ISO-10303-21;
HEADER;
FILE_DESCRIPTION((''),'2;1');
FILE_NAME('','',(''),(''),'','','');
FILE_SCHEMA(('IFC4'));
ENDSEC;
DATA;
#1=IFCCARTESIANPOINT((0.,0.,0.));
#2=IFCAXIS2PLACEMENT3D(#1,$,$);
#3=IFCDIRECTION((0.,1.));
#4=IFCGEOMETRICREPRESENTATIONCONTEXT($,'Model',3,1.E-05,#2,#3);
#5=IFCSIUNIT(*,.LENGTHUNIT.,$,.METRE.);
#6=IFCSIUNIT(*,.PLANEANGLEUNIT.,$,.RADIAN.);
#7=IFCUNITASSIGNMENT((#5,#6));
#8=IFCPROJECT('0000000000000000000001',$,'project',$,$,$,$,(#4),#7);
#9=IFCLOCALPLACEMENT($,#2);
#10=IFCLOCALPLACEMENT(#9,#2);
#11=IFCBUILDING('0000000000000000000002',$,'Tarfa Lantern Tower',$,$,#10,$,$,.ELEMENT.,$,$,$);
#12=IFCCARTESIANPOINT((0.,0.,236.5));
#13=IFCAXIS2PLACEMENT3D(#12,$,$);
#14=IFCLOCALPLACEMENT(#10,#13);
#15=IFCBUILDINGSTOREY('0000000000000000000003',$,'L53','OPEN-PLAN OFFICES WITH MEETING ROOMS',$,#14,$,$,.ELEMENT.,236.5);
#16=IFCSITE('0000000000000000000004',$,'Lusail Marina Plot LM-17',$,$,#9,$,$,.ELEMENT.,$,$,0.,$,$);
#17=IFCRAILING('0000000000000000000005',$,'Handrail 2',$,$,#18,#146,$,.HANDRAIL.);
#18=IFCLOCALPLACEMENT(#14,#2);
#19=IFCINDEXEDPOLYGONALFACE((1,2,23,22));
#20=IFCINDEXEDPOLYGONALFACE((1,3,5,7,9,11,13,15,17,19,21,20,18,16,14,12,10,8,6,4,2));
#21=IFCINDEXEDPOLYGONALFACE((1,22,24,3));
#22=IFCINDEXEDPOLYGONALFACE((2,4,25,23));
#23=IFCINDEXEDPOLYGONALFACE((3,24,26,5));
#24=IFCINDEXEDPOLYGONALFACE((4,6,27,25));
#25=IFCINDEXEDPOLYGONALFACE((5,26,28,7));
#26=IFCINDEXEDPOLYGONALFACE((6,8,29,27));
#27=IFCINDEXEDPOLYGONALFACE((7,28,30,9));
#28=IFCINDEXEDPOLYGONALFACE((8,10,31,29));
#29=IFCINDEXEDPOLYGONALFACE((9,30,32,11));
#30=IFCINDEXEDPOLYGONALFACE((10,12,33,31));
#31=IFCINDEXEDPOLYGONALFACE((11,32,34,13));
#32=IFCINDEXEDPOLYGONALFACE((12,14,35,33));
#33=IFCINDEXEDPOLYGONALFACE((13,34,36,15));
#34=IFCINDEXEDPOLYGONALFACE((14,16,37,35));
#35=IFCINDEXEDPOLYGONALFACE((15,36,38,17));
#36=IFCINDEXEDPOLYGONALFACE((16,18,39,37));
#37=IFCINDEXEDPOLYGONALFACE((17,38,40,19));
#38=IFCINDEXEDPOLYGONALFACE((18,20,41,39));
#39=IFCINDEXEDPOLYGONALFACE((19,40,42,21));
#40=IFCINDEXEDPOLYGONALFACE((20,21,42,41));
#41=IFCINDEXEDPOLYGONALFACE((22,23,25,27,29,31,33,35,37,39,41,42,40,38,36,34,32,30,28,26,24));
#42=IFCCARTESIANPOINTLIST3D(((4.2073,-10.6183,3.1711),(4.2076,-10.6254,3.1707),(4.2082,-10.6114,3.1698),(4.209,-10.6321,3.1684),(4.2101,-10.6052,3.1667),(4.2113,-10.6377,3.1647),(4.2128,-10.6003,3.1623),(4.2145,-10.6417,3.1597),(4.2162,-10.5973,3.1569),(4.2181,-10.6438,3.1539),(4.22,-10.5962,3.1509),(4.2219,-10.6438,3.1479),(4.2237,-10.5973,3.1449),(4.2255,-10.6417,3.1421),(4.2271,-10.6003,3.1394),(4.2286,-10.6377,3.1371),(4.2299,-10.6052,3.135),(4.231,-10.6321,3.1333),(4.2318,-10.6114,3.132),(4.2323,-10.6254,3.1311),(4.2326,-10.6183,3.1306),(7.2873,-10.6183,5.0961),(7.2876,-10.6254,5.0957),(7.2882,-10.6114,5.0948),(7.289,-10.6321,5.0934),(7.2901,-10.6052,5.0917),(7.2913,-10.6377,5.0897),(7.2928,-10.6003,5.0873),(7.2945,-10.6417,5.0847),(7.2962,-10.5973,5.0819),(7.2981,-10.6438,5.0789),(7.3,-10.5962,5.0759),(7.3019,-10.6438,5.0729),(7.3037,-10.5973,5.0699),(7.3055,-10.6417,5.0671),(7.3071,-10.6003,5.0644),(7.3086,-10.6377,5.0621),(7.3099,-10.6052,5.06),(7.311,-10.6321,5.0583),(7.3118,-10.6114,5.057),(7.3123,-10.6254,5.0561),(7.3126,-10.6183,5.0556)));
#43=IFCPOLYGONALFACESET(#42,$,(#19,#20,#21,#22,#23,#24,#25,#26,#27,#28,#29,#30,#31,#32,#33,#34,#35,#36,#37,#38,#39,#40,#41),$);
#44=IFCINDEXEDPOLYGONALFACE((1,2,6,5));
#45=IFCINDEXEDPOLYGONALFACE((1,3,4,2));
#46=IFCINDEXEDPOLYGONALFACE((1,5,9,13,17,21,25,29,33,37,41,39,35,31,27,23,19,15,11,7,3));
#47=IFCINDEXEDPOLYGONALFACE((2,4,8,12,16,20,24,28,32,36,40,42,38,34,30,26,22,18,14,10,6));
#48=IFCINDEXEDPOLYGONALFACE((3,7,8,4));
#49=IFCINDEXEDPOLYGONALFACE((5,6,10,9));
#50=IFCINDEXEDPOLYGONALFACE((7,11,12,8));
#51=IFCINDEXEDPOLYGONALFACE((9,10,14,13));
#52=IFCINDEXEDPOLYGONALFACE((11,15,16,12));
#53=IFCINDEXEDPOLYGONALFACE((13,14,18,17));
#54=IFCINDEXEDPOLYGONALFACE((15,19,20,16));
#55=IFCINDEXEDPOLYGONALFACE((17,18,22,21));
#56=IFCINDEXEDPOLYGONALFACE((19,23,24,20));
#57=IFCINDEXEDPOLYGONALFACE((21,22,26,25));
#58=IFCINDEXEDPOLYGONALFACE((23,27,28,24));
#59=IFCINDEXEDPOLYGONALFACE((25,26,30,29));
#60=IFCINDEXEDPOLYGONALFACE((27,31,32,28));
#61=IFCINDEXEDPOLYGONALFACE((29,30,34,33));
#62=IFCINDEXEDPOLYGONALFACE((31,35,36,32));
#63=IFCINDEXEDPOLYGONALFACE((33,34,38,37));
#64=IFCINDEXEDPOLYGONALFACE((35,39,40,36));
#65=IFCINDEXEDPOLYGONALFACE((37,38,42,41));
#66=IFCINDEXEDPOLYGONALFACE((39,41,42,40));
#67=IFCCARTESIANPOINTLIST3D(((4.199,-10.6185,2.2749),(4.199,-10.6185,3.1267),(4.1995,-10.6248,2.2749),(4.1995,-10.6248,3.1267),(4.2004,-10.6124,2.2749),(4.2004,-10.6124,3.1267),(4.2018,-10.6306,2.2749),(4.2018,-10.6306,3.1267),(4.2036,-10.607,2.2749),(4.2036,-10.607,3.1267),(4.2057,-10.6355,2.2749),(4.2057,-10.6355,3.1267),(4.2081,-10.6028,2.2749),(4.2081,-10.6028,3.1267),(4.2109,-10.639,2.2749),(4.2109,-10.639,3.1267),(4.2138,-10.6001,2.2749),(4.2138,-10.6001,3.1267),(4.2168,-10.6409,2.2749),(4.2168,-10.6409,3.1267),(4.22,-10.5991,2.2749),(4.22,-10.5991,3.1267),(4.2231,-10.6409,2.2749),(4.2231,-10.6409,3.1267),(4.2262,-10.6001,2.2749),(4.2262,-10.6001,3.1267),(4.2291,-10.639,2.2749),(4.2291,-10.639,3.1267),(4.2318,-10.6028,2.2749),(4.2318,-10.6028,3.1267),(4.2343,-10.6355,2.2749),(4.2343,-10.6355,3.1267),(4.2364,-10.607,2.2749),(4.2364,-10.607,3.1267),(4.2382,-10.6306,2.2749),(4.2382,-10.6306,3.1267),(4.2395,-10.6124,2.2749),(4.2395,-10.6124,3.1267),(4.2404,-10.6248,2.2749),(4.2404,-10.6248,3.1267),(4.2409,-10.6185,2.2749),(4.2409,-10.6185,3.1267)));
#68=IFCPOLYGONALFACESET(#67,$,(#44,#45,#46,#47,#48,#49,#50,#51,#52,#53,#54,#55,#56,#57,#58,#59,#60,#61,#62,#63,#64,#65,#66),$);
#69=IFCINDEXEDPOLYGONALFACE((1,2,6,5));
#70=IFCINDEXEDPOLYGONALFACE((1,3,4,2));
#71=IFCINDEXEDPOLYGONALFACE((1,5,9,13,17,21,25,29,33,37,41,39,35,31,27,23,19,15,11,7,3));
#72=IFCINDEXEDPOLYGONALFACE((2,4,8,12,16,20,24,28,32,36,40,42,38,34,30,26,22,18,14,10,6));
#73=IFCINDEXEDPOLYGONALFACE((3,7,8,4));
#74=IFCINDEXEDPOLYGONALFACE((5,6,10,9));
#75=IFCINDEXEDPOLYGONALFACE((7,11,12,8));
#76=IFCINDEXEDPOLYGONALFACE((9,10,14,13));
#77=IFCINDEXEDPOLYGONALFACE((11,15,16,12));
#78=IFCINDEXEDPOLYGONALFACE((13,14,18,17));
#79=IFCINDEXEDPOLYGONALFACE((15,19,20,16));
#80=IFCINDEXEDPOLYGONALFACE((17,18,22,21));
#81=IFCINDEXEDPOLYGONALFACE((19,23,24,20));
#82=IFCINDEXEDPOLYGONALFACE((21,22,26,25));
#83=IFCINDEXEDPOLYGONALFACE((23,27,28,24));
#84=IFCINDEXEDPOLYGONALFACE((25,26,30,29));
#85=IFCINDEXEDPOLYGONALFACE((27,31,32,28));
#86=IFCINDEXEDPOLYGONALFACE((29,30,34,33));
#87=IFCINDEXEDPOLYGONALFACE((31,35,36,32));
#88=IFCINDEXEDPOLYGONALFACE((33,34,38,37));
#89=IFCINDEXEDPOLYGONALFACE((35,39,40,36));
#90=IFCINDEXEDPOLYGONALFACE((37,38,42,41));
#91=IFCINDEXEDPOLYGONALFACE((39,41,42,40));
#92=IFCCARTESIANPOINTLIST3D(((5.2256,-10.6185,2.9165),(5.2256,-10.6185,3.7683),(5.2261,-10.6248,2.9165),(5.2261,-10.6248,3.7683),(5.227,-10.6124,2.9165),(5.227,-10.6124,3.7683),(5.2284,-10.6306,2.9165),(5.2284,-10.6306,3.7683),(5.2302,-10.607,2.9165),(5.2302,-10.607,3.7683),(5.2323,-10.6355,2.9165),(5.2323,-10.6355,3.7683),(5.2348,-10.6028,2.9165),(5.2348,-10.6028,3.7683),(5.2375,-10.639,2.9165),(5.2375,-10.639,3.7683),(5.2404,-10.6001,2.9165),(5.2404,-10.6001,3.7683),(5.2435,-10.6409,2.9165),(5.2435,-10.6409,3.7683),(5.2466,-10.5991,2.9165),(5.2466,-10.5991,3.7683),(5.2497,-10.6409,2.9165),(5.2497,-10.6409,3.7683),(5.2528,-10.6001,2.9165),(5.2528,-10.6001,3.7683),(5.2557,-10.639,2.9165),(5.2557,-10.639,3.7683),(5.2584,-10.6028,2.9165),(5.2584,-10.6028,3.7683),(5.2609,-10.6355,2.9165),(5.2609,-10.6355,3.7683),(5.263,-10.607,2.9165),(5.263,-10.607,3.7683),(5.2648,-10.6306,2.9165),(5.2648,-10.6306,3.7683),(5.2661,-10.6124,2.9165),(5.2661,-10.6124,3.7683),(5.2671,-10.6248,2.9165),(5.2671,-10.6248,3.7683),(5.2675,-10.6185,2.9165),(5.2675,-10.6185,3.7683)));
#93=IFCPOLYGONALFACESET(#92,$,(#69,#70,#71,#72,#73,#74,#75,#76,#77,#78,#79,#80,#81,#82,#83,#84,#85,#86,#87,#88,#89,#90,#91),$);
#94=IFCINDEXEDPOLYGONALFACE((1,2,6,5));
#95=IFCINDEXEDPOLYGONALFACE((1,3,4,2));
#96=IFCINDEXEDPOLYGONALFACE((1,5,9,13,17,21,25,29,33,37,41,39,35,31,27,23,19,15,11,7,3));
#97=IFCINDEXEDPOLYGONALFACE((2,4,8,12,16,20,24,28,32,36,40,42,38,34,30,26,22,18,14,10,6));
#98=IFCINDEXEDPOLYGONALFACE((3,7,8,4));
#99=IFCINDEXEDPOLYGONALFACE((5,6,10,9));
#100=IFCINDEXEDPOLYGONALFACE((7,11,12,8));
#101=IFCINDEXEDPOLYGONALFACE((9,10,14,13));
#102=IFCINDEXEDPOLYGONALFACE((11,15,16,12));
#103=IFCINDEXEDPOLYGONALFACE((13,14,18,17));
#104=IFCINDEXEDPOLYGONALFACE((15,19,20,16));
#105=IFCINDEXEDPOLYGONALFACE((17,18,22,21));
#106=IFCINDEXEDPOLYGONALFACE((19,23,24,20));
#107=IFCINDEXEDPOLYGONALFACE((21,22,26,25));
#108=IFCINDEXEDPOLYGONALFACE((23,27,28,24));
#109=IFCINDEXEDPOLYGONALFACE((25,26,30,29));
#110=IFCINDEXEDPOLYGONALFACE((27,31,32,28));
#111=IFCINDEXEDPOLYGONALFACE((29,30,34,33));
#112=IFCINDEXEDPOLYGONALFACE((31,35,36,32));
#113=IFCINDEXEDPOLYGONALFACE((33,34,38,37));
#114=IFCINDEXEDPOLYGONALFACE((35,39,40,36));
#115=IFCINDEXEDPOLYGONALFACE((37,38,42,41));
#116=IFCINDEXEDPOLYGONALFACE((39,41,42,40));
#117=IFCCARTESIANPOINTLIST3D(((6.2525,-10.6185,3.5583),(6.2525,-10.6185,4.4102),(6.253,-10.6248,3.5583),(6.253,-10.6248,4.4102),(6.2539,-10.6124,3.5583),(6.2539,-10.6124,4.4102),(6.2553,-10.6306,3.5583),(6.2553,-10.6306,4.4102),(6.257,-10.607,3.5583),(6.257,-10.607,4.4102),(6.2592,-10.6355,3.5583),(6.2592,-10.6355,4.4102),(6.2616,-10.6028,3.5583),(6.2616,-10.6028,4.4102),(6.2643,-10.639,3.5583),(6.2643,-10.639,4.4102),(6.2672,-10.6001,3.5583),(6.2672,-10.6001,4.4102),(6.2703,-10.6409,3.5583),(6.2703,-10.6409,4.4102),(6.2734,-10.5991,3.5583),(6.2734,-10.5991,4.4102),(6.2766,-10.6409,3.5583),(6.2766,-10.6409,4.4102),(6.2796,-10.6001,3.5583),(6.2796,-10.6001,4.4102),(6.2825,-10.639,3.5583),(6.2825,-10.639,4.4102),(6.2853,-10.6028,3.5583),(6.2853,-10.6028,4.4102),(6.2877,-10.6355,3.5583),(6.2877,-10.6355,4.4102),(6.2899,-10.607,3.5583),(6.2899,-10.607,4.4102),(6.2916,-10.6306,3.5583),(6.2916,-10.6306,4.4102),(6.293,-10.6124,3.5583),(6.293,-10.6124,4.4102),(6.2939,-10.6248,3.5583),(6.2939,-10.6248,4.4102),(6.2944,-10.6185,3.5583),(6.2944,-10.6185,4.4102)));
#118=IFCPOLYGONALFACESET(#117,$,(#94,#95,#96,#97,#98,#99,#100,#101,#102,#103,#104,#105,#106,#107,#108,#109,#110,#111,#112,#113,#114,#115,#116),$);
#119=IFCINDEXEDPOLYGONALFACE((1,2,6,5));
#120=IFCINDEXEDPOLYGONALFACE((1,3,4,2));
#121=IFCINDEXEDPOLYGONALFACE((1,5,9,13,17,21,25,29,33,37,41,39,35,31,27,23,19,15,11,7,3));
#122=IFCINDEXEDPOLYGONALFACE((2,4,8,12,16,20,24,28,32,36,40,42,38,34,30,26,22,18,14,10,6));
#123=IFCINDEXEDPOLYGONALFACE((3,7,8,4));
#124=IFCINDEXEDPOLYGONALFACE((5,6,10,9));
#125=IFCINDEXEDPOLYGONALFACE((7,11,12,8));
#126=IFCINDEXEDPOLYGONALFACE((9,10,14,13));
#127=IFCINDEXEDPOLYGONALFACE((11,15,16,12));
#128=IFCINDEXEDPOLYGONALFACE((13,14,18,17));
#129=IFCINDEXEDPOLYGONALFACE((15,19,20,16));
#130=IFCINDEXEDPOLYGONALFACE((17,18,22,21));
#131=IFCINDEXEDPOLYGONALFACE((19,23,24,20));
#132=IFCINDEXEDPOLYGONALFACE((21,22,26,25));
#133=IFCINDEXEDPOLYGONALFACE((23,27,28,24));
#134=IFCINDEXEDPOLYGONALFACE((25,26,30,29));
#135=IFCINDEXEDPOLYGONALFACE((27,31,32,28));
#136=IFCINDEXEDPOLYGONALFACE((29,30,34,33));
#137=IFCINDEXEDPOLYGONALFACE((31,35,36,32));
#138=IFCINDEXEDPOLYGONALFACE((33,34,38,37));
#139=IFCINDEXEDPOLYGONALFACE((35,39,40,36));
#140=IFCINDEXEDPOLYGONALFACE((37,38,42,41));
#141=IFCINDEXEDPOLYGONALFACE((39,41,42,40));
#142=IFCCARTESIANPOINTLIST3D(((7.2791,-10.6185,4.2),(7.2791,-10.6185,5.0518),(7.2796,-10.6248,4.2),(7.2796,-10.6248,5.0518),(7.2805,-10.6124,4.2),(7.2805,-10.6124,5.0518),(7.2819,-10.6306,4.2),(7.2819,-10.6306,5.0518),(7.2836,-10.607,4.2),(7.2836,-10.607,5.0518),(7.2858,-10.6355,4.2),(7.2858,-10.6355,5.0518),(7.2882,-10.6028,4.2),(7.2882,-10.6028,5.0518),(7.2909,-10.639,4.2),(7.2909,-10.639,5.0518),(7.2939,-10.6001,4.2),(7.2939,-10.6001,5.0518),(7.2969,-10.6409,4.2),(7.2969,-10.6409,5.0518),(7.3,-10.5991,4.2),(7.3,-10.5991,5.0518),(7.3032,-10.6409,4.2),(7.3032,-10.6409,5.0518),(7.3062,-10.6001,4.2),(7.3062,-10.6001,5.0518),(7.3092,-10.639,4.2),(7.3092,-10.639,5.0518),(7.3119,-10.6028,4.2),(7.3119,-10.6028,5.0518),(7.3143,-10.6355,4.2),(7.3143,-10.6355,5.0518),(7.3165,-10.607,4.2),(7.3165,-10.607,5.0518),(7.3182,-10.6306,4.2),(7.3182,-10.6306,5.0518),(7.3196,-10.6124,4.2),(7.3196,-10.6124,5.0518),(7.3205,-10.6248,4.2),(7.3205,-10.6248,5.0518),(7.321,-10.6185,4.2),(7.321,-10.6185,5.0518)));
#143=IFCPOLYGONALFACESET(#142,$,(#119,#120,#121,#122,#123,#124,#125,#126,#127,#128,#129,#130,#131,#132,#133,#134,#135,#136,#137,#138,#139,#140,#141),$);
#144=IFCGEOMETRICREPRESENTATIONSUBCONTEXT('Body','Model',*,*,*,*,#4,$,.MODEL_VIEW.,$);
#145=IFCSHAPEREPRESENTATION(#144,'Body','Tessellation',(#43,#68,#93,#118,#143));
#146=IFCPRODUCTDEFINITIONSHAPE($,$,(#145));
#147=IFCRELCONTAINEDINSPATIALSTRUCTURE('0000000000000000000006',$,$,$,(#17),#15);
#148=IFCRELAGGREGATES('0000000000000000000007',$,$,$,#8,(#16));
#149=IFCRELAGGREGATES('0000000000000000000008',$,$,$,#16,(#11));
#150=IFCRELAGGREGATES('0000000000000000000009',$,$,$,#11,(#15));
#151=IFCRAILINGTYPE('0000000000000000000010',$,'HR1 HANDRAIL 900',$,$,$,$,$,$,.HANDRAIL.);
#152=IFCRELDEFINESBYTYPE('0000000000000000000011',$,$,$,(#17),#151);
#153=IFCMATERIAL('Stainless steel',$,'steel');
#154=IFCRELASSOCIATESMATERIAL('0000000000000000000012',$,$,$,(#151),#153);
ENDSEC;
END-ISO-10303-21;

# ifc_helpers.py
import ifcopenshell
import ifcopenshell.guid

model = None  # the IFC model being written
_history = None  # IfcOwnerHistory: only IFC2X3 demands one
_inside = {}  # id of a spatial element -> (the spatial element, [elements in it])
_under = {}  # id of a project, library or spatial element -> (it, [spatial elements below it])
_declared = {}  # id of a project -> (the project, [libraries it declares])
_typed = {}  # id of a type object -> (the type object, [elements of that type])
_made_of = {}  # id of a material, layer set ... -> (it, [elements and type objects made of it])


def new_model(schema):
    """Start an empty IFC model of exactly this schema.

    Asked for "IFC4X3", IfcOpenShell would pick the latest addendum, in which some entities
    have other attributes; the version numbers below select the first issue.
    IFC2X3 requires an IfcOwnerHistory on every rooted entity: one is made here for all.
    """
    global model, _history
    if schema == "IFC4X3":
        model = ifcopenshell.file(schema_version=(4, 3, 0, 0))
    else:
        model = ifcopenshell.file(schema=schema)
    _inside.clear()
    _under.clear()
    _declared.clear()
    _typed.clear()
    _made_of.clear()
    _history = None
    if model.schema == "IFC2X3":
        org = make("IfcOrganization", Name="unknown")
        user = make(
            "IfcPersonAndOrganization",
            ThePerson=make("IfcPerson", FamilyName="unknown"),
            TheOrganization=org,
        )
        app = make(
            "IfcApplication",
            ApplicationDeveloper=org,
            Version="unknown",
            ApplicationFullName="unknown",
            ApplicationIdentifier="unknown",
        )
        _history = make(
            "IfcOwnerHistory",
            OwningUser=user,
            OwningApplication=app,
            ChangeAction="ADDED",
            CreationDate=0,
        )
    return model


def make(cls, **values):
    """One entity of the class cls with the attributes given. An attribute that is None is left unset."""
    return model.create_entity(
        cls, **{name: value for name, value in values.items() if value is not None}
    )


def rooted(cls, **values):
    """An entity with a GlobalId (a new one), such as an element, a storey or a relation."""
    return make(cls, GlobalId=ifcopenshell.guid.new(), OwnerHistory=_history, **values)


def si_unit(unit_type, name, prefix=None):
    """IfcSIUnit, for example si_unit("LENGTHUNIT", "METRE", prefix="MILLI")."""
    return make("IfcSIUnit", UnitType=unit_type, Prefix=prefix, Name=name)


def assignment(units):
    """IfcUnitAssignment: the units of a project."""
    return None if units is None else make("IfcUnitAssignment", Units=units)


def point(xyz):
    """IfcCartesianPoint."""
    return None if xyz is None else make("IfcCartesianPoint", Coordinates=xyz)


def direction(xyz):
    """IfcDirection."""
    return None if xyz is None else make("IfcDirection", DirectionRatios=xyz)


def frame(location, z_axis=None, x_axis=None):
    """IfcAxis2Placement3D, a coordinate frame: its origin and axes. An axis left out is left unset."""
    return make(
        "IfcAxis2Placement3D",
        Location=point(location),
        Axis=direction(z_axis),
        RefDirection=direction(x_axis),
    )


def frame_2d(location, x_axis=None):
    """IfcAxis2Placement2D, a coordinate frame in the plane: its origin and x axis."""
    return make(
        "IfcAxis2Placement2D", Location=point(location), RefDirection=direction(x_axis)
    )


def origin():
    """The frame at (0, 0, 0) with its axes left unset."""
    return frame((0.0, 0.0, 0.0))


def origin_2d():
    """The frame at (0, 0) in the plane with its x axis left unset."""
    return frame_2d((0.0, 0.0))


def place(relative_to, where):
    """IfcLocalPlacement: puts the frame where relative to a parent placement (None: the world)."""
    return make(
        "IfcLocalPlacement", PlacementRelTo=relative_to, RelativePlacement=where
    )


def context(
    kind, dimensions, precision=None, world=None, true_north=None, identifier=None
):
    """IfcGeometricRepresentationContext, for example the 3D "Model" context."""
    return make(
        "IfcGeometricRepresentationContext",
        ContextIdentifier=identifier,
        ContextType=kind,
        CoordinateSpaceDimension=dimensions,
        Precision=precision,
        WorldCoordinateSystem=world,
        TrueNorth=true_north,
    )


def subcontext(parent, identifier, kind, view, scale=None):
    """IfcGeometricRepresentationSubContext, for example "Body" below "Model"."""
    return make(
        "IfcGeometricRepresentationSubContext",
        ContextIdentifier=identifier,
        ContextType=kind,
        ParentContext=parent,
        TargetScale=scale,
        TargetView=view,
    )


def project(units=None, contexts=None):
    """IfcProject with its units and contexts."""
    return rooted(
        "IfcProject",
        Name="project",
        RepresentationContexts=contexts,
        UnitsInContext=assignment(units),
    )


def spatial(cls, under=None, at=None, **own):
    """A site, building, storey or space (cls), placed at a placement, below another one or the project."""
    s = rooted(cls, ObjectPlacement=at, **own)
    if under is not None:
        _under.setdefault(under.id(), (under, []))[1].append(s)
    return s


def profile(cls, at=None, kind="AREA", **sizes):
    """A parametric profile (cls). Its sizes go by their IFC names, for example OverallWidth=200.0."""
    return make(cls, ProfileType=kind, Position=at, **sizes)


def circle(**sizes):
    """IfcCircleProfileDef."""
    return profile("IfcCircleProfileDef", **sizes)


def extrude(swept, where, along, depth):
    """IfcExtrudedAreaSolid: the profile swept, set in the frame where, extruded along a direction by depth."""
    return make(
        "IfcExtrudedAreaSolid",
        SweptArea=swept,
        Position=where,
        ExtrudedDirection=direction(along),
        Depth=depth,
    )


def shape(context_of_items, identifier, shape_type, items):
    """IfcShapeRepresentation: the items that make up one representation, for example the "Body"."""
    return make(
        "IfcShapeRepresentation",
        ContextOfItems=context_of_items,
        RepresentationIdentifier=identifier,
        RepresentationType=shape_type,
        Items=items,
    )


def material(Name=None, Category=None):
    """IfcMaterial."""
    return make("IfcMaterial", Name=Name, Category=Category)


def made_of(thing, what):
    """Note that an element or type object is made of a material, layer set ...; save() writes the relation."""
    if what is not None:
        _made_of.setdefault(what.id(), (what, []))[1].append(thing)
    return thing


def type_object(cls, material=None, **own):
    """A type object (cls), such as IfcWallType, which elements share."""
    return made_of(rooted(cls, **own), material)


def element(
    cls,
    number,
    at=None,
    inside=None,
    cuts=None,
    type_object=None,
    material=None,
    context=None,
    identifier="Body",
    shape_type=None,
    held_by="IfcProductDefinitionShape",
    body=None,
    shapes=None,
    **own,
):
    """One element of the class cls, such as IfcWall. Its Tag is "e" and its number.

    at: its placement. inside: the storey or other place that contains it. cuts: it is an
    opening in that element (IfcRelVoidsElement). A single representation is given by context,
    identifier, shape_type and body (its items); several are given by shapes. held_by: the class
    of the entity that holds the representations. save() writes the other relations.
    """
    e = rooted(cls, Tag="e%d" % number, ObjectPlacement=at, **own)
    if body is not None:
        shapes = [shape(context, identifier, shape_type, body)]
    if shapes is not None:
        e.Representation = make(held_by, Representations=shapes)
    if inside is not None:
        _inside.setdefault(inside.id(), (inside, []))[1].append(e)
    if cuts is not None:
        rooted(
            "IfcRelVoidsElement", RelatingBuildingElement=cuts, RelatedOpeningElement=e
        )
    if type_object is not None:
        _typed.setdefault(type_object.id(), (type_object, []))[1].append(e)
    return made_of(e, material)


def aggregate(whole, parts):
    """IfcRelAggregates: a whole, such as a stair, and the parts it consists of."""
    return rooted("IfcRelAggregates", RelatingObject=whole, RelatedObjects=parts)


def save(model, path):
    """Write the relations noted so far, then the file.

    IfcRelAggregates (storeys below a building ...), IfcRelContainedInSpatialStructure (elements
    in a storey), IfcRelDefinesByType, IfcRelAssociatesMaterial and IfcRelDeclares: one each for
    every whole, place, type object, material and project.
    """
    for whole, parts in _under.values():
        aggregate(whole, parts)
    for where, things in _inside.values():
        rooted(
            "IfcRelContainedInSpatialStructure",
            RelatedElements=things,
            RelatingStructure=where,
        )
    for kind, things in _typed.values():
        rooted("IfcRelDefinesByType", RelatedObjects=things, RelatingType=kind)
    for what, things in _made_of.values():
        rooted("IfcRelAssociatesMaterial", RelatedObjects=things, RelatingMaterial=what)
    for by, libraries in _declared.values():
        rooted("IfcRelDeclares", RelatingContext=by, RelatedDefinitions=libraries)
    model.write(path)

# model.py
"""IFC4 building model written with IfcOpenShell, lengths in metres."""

from ifc_helpers import new_model, si_unit, direction, frame, origin, origin_2d, place, context, subcontext, project, spatial, circle, extrude, material, type_object, element, save


model = new_model("IFC4")

# Units and contexts
model_context = context("Model", 3, precision=1e-05, world=origin(), true_north=direction((0.0, 1.0)))
body_context = subcontext(model_context, "Body", "Model", "MODEL_VIEW")
ifc_project = project(units=[si_unit("LENGTHUNIT", "METRE"), si_unit("PLANEANGLEUNIT", "RADIAN")], contexts=[model_context])

# Site, building, storey
site_placement = place(None, origin())
site = spatial("IfcSite", under=ifc_project, at=site_placement, Name="Lusail Marina Plot LM-17", CompositionType="ELEMENT", RefElevation=0.0)
building_placement = place(site_placement, origin())
building = spatial("IfcBuilding", under=site, at=building_placement, Name="Tarfa Lantern Tower", CompositionType="ELEMENT")
storey_placement = place(building_placement, frame((0.0, 0.0, 236.5)))
storey = spatial("IfcBuildingStorey", under=building, at=storey_placement, Name="L53", Description="OPEN-PLAN OFFICES WITH MEETING ROOMS", CompositionType="ELEMENT", Elevation=236.5)

# Railing
ifc_material_1 = material(Name="Stainless steel", Category="steel")
railing_type = type_object("IfcRailingType", Name="HR1 HANDRAIL 900", PredefinedType="HANDRAIL", material=ifc_material_1)
railing_1_placement = place(storey_placement, frame((4.22, -10.6201, 2.2749)))
element("IfcRailing", 1, at=railing_1_placement, inside=storey, type_object=railing_type, Name="Handrail 2", PredefinedType="HANDRAIL", context=body_context, shape_type="SweptSolid", body=[
    extrude(circle(Radius=0.0239, at=origin_2d()), frame((0.0, 0.0, 0.876), z_axis=(0.847998, 0.0, 0.529999), x_axis=(0.0, 1.0, 0.0)), (0.0, 0.0, 1.0), 3.6321),
    extrude(circle(Radius=0.021, at=origin_2d()), frame((0.0, 0.0, 0.0), z_axis=(0.0, 0.0, 1.0), x_axis=(0.0, 1.0, 0.0)), (0.0, 0.0, 1.0), 0.8518),
    extrude(circle(Radius=0.021, at=origin_2d()), frame((1.0266, 0.0, 0.6416), z_axis=(0.0, 0.0, 1.0), x_axis=(0.0, 1.0, 0.0)), (0.0, 0.0, 1.0), 0.8518),
    extrude(circle(Radius=0.021, at=origin_2d()), frame((2.0535, 0.0, 1.2834), z_axis=(0.0, 0.0, 1.0), x_axis=(0.0, 1.0, 0.0)), (0.0, 0.0, 1.0), 0.8518),
    extrude(circle(Radius=0.021, at=origin_2d()), frame((3.0801, 0.0, 1.925), z_axis=(0.0, 0.0, 1.0), x_axis=(0.0, 1.0, 0.0)), (0.0, 0.0, 1.0), 0.8518),
])

save(model, "model.ifc")
